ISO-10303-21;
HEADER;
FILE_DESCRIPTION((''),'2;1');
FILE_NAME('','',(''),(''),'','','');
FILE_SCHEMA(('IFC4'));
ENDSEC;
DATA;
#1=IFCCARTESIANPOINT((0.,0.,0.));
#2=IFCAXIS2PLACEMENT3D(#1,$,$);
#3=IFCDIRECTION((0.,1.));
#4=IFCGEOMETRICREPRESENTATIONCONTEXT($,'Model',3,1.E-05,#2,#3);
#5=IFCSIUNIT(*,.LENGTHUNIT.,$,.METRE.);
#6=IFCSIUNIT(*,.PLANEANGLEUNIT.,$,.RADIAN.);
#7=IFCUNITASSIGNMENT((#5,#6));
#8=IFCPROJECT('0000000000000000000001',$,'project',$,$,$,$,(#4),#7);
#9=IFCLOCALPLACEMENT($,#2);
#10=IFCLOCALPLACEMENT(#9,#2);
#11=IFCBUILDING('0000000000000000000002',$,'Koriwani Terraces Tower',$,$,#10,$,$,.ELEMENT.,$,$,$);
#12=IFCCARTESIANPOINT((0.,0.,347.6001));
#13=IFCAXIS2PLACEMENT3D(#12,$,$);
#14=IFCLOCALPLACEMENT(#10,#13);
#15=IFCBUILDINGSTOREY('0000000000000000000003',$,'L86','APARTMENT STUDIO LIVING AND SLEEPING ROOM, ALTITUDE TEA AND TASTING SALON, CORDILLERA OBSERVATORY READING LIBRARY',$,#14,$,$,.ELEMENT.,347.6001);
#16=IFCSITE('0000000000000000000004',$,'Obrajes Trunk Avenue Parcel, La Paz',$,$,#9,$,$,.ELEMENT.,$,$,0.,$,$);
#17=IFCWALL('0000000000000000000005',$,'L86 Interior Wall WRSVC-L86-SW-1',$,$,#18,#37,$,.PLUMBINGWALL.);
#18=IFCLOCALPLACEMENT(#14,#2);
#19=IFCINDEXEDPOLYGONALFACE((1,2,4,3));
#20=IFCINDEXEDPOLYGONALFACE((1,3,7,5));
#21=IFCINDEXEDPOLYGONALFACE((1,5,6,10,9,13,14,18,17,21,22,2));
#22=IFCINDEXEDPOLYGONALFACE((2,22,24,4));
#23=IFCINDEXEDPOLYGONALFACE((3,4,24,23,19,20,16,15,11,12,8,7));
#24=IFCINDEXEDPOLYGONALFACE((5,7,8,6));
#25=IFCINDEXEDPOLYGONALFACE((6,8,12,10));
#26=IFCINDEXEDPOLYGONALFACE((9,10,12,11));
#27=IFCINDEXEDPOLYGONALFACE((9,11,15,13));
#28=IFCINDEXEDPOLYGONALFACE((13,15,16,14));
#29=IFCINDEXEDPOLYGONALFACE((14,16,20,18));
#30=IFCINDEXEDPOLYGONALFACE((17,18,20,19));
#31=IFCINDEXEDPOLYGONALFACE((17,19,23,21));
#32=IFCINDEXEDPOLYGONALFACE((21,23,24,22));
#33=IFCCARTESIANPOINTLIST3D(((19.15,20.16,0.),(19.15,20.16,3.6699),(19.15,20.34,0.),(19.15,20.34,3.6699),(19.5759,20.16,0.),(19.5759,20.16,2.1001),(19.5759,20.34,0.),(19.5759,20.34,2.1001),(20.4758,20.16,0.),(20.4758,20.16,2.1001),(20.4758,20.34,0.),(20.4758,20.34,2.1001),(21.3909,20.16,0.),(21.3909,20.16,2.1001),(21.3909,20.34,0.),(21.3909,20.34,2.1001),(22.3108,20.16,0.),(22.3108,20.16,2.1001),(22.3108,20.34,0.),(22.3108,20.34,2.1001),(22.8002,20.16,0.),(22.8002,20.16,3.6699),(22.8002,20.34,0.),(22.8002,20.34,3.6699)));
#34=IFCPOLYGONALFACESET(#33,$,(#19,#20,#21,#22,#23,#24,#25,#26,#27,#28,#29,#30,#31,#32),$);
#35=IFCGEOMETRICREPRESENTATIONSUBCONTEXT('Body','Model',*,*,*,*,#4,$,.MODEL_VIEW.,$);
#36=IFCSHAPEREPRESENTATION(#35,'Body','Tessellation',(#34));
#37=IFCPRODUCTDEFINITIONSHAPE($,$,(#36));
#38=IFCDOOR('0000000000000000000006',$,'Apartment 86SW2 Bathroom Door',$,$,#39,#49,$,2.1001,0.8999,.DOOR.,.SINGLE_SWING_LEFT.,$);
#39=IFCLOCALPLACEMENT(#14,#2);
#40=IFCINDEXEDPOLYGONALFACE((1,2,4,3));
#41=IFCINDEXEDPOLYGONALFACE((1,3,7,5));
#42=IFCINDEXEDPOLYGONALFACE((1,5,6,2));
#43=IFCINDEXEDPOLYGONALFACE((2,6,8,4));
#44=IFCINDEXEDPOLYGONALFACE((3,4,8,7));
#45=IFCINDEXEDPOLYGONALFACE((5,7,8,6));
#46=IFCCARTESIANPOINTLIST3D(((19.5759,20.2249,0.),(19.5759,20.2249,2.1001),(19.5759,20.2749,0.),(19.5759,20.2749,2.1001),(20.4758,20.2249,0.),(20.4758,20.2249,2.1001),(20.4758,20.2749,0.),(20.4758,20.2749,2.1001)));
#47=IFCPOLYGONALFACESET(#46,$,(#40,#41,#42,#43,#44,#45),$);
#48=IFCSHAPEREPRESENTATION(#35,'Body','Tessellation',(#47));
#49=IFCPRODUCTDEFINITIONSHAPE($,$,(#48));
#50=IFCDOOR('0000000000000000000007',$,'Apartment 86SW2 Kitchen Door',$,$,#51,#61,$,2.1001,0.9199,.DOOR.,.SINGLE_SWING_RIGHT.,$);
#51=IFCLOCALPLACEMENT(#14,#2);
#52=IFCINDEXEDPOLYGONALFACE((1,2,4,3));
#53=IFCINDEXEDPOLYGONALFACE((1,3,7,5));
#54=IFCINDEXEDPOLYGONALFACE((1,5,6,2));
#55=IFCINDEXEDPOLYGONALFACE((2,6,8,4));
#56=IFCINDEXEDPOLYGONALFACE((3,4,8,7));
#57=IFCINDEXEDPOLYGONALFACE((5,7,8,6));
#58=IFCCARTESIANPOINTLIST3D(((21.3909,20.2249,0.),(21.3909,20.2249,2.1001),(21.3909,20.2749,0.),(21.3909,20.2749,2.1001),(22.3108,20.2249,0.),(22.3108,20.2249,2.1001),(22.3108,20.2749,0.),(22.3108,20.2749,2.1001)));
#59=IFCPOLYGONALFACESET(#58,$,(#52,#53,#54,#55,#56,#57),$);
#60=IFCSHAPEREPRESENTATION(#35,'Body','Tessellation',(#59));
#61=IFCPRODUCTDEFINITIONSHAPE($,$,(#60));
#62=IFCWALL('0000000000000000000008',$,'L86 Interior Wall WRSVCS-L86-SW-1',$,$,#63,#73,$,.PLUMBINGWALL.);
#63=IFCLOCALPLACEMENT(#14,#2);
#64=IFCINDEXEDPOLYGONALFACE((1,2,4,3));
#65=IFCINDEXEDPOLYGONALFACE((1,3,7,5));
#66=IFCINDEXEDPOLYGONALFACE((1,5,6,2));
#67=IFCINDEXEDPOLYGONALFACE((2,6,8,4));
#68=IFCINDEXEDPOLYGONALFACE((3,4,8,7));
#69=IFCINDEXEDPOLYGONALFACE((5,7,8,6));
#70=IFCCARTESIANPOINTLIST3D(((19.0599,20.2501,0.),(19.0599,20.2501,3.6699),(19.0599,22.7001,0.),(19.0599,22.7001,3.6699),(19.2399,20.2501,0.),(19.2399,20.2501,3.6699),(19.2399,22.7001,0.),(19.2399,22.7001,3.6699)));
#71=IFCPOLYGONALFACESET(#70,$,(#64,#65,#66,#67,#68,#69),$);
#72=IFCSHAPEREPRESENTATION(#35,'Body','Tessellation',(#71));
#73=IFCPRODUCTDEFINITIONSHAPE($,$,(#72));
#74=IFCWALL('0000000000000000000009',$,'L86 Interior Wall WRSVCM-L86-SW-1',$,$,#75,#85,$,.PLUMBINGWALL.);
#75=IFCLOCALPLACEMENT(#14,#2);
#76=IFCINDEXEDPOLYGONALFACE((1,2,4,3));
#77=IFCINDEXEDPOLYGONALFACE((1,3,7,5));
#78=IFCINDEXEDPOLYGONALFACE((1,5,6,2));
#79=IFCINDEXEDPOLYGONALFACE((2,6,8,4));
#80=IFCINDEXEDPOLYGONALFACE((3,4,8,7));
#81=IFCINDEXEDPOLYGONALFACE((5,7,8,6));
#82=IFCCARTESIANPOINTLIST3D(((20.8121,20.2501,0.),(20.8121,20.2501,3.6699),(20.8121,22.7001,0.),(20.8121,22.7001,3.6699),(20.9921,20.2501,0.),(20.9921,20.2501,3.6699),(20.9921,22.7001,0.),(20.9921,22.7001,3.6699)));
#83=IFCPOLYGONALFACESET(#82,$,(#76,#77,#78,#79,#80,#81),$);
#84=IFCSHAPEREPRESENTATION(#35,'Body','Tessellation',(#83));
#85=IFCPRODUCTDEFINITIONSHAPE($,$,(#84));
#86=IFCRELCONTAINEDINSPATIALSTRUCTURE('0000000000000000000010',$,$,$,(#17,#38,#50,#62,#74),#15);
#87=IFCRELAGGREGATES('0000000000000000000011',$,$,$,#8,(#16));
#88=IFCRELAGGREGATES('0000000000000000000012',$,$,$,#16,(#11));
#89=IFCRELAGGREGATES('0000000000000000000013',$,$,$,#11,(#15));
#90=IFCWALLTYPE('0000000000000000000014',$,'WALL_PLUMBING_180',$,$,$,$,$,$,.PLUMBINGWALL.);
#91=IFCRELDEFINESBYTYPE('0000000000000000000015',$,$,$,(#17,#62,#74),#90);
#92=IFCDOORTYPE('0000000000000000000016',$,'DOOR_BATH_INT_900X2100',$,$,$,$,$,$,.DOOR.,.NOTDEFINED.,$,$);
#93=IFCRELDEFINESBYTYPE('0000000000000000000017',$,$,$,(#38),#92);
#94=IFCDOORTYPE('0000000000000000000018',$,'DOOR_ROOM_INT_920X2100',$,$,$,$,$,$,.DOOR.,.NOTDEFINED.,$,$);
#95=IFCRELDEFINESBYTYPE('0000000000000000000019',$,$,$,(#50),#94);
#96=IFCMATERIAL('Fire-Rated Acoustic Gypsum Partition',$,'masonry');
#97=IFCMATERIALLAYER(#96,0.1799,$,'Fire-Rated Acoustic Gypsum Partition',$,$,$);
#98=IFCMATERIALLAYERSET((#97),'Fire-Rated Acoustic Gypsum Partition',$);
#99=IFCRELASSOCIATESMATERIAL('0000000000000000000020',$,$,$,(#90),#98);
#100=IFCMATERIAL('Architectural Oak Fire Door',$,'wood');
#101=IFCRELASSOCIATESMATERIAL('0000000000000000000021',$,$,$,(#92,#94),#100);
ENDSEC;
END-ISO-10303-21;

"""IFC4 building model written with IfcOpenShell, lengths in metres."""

from ifc_helpers import new_model, si_unit, direction, frame, frame_2d, origin, place, context, subcontext, project, spatial, rectangle, extrude, material, layer, layer_set, type_object, element, fill, save


model = new_model("IFC4")

# Units and contexts
model_context = context("Model", 3, precision=1e-05, world=origin(), true_north=direction((0.0, 1.0)))
body_context = subcontext(model_context, "Body", "Model", "MODEL_VIEW")
ifc_project = project(units=[si_unit("LENGTHUNIT", "METRE"), si_unit("PLANEANGLEUNIT", "RADIAN")], contexts=[model_context])

# Site, building, storey
site_placement = place(None, origin())
site = spatial("IfcSite", under=ifc_project, at=site_placement, Name="Obrajes Trunk Avenue Parcel, La Paz", CompositionType="ELEMENT", RefElevation=0.0)
building_placement = place(site_placement, origin())
building = spatial("IfcBuilding", under=site, at=building_placement, Name="Koriwani Terraces Tower", CompositionType="ELEMENT")
storey_placement = place(building_placement, frame((0.0, 0.0, 347.6001)))
storey = spatial("IfcBuildingStorey", under=building, at=storey_placement, Name="L86", Description="APARTMENT STUDIO LIVING AND SLEEPING ROOM, ALTITUDE TEA AND TASTING SALON, CORDILLERA OBSERVATORY READING LIBRARY", CompositionType="ELEMENT", Elevation=347.6001)

# Shared definitions
ifc_material_1 = material(Name="Fire-Rated Acoustic Gypsum Partition", Category="masonry")
ifc_layer = layer(ifc_material_1, 0.1799, Name="Fire-Rated Acoustic Gypsum Partition")
ifc_layer_set = layer_set([ifc_layer], Name="Fire-Rated Acoustic Gypsum Partition")
wall_type = type_object("IfcWallType", Name="WALL_PLUMBING_180", PredefinedType="PLUMBINGWALL", material=ifc_layer_set)
ifc_material_2 = material(Name="Architectural Oak Fire Door", Category="wood")
door_type_1 = type_object("IfcDoorType", Name="DOOR_BATH_INT_900X2100", OperationType="NOTDEFINED", PredefinedType="DOOR", material=ifc_material_2)
door_type_2 = type_object("IfcDoorType", Name="DOOR_ROOM_INT_920X2100", OperationType="NOTDEFINED", PredefinedType="DOOR", material=ifc_material_2)

# Wall, openings, doors
wall_1_placement = place(storey_placement, frame((19.1499, 20.25, 0.0), z_axis=(0.0, 0.0, 1.0), x_axis=(1.0, 0.0, 0.0)))
wall_1 = element("IfcWall", 1, at=wall_1_placement, inside=storey, type_object=wall_type, Name="L86 Interior Wall WRSVC-L86-SW-1", PredefinedType="PLUMBINGWALL", context=body_context, shape_type="SweptSolid", body=[
    extrude(rectangle(XDim=3.6501, YDim=0.1799, at=frame_2d((1.8252, 0.0))), origin(), (0.0, 0.0, 1.0), 3.6699),
])
opening_1_placement = place(wall_1_placement, frame((0.426, 0.0, 0.0)))
opening_1 = element("IfcOpeningElement", 2, at=opening_1_placement, cuts=wall_1, PredefinedType="OPENING", context=body_context, shape_type="SweptSolid", body=[
    extrude(rectangle(XDim=0.8999, YDim=2.1001, at=frame_2d((0.45, 1.05))), frame((0.0, 0.1001, 0.0), z_axis=(0.0, -1.0, 0.0), x_axis=(1.0, 0.0, 0.0)), (0.0, 0.0, 1.0), 0.2),
])
opening_2_placement = place(wall_1_placement, frame((2.241, 0.0, 0.0)))
opening_2 = element("IfcOpeningElement", 3, at=opening_2_placement, cuts=wall_1, PredefinedType="OPENING", context=body_context, shape_type="SweptSolid", body=[
    extrude(rectangle(XDim=0.9199, YDim=2.1001, at=frame_2d((0.46, 1.05))), frame((0.0, 0.1001, 0.0), z_axis=(0.0, -1.0, 0.0), x_axis=(1.0, 0.0, 0.0)), (0.0, 0.0, 1.0), 0.2),
])
door_1_placement = place(opening_1_placement, origin())
door_1 = element("IfcDoor", 4, at=door_1_placement, inside=storey, type_object=door_type_1, Name="Apartment 86SW2 Bathroom Door", OperationType="SINGLE_SWING_LEFT", OverallHeight=2.1001, OverallWidth=0.8999, PredefinedType="DOOR", context=body_context, shape_type="SweptSolid", body=[
    extrude(rectangle(XDim=0.8999, YDim=2.1001, at=frame_2d((0.45, 1.05))), frame((0.0, 0.0249, 0.0), z_axis=(0.0, -1.0, 0.0), x_axis=(1.0, 0.0, 0.0)), (0.0, 0.0, 1.0), 0.05),
])
fill(opening_1, door_1)
door_2_placement = place(opening_2_placement, origin())
door_2 = element("IfcDoor", 5, at=door_2_placement, inside=storey, type_object=door_type_2, Name="Apartment 86SW2 Kitchen Door", OperationType="SINGLE_SWING_RIGHT", OverallHeight=2.1001, OverallWidth=0.9199, PredefinedType="DOOR", context=body_context, shape_type="SweptSolid", body=[
    extrude(rectangle(XDim=0.9199, YDim=2.1001, at=frame_2d((0.46, 1.05))), frame((0.0, 0.0249, 0.0), z_axis=(0.0, -1.0, 0.0), x_axis=(1.0, 0.0, 0.0)), (0.0, 0.0, 1.0), 0.05),
])
fill(opening_2, door_2)

# Walls
for number, where, z_axis, x_axis, name in (
    (6, (19.1499, 20.25, 0.0), (0.0, 0.0, 1.0), (0.0, 1.0, 0.0), "L86 Interior Wall WRSVCS-L86-SW-1"),
    (7, (20.9021, 20.25, 0.0), (0.0, 0.0, 1.0), (0.0, 1.0, 0.0), "L86 Interior Wall WRSVCM-L86-SW-1"),
):
    element("IfcWall", number, at=place(storey_placement, frame(where, z_axis=z_axis, x_axis=x_axis)), inside=storey, type_object=wall_type, Name=name, PredefinedType="PLUMBINGWALL", context=body_context, shape_type="SweptSolid", body=[
        extrude(rectangle(XDim=2.45, YDim=0.1799, at=frame_2d((1.2251, 0.0))), origin(), (0.0, 0.0, 1.0), 3.6699),
    ])

save(model, "model.ifc")
